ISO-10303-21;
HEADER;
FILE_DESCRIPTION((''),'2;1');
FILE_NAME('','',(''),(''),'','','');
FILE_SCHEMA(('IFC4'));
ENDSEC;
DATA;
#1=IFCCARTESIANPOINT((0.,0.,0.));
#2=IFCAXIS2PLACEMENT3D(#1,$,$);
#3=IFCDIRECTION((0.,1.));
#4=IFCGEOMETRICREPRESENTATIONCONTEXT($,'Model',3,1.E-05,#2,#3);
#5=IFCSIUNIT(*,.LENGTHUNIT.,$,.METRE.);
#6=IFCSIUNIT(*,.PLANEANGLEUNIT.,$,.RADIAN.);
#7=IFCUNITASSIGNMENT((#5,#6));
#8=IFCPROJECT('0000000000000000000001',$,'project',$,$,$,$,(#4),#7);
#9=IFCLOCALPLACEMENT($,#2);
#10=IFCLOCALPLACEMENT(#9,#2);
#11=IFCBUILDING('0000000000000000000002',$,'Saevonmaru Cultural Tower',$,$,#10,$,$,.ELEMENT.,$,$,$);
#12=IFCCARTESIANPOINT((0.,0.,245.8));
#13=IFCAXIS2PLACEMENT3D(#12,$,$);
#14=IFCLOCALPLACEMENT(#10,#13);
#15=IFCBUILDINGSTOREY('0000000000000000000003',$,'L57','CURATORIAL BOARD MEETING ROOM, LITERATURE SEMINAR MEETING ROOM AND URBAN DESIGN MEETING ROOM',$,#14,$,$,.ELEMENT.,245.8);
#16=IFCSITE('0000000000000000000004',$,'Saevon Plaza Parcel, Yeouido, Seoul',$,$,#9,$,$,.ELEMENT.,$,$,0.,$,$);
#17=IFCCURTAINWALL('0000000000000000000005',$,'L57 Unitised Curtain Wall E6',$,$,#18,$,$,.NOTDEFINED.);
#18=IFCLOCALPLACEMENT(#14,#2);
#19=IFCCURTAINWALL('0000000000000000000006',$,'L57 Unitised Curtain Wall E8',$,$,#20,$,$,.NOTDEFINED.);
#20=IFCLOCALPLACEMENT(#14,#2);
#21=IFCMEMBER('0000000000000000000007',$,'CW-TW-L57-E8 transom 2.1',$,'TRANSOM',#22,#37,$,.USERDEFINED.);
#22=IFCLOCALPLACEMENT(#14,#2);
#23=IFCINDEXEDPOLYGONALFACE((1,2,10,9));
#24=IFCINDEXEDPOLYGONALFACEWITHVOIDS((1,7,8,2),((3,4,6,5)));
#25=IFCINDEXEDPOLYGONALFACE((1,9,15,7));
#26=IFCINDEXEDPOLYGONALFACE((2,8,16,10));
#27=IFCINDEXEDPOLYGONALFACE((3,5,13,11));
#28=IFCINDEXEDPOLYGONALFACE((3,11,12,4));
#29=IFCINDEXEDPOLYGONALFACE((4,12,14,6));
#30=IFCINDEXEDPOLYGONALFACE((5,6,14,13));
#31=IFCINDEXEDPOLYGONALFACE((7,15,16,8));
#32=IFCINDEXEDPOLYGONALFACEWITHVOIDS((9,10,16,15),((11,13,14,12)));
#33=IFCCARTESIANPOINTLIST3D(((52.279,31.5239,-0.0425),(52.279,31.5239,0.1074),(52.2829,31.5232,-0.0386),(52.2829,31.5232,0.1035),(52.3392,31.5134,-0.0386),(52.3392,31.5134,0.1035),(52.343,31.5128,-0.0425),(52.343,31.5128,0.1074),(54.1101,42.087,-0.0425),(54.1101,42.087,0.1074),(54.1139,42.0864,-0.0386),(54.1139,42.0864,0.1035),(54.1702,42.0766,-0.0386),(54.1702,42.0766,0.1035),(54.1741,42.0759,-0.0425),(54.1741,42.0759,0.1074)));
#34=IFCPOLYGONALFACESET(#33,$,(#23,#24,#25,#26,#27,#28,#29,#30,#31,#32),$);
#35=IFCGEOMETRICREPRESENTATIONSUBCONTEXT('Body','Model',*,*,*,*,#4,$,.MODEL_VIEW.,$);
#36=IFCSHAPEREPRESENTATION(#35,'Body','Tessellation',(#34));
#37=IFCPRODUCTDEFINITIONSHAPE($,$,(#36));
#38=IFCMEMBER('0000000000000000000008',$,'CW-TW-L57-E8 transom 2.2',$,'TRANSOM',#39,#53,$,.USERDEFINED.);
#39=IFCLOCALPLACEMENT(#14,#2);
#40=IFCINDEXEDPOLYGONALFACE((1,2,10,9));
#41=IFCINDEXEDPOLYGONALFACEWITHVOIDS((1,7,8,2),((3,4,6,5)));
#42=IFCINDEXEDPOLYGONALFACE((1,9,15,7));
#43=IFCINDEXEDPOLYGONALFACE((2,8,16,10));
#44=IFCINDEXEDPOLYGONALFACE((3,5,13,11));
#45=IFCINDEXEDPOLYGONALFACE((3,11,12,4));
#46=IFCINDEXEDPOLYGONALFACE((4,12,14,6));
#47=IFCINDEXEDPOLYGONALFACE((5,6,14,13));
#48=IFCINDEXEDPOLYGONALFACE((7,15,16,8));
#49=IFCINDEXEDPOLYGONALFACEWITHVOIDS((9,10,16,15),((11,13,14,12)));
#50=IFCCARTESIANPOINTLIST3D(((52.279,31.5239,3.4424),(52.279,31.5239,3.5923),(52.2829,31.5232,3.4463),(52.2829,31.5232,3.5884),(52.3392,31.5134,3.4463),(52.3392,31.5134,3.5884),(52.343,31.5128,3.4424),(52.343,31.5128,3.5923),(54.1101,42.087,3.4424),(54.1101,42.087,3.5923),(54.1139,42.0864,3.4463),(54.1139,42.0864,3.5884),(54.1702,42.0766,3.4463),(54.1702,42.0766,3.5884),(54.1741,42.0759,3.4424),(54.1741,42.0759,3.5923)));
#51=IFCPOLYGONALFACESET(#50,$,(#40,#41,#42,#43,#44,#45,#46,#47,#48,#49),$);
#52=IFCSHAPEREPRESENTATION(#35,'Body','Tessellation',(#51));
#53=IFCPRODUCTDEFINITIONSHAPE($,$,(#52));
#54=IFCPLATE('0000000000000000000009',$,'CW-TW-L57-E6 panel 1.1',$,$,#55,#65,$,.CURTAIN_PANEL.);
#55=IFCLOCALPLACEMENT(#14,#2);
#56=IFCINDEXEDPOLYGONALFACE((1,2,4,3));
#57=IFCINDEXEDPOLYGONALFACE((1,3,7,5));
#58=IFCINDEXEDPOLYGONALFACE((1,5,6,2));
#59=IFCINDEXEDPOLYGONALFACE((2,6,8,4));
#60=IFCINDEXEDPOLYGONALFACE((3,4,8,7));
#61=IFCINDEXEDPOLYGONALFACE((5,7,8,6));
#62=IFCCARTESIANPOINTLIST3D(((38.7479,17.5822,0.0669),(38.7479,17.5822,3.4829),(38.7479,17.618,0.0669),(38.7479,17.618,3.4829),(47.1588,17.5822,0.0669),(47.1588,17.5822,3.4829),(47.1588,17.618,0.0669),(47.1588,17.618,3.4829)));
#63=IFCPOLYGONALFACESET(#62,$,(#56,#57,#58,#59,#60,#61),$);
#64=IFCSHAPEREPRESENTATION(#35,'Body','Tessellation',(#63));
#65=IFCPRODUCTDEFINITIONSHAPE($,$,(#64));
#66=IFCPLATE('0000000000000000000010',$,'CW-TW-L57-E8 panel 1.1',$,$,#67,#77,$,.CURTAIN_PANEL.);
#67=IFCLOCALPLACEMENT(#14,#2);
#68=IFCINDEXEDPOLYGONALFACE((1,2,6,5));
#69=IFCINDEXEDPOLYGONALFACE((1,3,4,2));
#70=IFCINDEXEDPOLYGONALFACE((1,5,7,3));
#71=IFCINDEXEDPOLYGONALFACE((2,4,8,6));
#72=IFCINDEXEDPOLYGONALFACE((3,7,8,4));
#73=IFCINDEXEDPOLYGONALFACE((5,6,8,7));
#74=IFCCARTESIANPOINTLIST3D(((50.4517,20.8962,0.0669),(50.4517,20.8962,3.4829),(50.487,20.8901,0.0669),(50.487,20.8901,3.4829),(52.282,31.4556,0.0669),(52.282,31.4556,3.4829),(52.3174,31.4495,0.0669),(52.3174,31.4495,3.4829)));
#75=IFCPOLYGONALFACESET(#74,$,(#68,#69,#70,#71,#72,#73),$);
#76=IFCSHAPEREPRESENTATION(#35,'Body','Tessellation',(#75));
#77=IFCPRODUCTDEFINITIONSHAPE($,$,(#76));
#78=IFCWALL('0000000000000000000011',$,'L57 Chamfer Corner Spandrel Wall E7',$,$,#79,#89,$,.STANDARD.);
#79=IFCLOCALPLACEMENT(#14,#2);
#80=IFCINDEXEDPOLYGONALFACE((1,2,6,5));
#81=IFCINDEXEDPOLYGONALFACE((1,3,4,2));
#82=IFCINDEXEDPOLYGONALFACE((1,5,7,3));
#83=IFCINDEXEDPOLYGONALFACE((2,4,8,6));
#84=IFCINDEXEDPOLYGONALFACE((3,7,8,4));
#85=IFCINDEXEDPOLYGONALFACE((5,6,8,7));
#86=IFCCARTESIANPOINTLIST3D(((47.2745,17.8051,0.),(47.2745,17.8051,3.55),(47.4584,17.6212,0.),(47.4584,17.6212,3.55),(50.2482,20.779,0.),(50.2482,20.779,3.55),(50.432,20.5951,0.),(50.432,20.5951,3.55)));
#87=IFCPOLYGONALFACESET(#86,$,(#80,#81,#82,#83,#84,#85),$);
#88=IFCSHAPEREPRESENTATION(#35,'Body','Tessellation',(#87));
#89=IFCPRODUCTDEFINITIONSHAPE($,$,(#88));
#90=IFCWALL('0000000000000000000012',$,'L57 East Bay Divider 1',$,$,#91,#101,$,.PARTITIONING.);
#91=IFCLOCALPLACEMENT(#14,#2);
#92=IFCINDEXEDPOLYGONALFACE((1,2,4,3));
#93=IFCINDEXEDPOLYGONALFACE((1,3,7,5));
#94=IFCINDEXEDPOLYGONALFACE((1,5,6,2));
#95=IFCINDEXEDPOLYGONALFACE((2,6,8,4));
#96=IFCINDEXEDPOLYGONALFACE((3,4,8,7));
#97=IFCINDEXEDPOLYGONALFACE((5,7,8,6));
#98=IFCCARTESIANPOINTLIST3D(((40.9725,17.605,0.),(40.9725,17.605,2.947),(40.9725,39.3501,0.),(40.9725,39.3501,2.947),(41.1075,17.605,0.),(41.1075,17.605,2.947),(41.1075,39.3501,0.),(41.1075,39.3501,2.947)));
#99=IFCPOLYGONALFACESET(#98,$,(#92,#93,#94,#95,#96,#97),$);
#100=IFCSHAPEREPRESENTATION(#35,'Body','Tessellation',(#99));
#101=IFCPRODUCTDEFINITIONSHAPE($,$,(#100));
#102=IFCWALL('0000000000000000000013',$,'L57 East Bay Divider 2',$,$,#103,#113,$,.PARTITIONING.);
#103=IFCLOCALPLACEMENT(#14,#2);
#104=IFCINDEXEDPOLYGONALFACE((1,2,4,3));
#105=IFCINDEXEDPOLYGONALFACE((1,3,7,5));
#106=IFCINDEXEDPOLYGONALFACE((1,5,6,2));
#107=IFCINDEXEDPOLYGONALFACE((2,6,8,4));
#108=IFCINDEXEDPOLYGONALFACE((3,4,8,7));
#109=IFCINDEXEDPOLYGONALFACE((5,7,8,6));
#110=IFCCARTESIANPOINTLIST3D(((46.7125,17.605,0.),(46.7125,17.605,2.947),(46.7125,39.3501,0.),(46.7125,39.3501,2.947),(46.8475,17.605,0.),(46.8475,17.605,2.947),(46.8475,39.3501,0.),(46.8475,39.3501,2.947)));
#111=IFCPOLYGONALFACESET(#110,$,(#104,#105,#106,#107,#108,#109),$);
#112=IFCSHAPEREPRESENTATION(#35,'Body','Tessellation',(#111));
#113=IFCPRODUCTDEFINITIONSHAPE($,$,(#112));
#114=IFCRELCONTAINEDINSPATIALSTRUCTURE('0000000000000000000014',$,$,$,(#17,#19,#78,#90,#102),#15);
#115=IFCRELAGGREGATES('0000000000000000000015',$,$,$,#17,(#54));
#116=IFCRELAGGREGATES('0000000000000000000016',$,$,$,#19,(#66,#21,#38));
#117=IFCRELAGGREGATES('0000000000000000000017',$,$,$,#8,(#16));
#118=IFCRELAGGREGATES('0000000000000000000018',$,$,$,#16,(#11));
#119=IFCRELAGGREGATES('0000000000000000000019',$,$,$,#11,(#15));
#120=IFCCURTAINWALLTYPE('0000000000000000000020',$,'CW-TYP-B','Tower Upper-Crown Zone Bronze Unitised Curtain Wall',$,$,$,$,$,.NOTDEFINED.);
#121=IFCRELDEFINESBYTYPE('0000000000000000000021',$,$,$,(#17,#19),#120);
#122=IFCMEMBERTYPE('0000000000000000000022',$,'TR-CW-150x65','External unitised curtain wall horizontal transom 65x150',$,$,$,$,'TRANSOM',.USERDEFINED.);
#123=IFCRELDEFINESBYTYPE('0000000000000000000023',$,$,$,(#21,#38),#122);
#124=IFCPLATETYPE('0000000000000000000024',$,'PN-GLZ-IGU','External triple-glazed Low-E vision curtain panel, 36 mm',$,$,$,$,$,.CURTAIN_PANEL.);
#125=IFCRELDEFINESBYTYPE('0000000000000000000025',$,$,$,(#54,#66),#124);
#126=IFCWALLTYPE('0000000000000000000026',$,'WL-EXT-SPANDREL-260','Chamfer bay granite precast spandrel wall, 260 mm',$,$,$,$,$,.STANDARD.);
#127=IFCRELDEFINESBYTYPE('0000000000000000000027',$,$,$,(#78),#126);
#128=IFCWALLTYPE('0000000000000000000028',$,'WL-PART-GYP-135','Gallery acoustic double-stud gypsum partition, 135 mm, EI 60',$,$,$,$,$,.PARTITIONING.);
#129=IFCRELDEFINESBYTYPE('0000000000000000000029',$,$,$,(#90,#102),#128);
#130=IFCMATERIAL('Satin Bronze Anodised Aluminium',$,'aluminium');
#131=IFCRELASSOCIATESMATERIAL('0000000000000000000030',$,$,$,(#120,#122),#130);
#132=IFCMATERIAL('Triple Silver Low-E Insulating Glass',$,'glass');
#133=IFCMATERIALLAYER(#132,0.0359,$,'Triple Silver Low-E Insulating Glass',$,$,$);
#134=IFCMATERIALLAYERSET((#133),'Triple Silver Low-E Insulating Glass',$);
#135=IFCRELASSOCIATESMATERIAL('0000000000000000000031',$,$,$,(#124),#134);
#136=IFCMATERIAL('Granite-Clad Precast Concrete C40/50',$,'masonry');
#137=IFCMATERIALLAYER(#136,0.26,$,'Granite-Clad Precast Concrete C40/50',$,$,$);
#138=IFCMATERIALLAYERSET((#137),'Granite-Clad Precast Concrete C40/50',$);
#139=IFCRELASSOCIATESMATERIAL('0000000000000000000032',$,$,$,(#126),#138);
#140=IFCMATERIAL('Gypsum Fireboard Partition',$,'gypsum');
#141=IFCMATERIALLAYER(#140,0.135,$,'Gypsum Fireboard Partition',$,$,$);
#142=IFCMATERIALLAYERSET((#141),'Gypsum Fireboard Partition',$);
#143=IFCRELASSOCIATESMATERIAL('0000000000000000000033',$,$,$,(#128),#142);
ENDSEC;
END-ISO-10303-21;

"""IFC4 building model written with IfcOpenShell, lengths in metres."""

from ifc_helpers import new_model, si_unit, direction, frame, frame_2d, origin, origin_2d, place, context, subcontext, project, spatial, rectangle, hollow_rectangle, extrude, material, layer, layer_set, material_profile, profile_set, type_object, element, aggregate, save


model = new_model("IFC4")

# Units and contexts
model_context = context("Model", 3, precision=1e-05, world=origin(), true_north=direction((0.0, 1.0)))
body_context = subcontext(model_context, "Body", "Model", "MODEL_VIEW")
ifc_project = project(units=[si_unit("LENGTHUNIT", "METRE"), si_unit("PLANEANGLEUNIT", "RADIAN")], contexts=[model_context])

# Site, building, storey
site_placement = place(None, origin())
site = spatial("IfcSite", under=ifc_project, at=site_placement, Name="Saevon Plaza Parcel, Yeouido, Seoul", CompositionType="ELEMENT", RefElevation=0.0)
building_placement = place(site_placement, origin())
building = spatial("IfcBuilding", under=site, at=building_placement, Name="Saevonmaru Cultural Tower", CompositionType="ELEMENT")
storey_placement = place(building_placement, frame((0.0, 0.0, 245.8)))
storey = spatial("IfcBuildingStorey", under=building, at=storey_placement, Name="L57", Description="CURATORIAL BOARD MEETING ROOM, LITERATURE SEMINAR MEETING ROOM AND URBAN DESIGN MEETING ROOM", CompositionType="ELEMENT", Elevation=245.8)

# Curtain wall
ifc_material_1 = material(Name="Satin Bronze Anodised Aluminium", Category="aluminium")
curtain_wall_type = type_object("IfcCurtainWallType", Name="CW-TYP-B", Description="Tower Upper-Crown Zone Bronze Unitised Curtain Wall", PredefinedType="NOTDEFINED", material=ifc_material_1)
curtain_wall_1_placement = place(storey_placement, origin())
curtain_wall_1 = element("IfcCurtainWall", 1, at=curtain_wall_1_placement, inside=storey, type_object=curtain_wall_type, Name="L57 Unitised Curtain Wall E6", PredefinedType="NOTDEFINED")

# Curtain wall, members
curtain_wall_2_placement = place(storey_placement, origin())
curtain_wall_2 = element("IfcCurtainWall", 2, at=curtain_wall_2_placement, inside=storey, type_object=curtain_wall_type, Name="L57 Unitised Curtain Wall E8", PredefinedType="NOTDEFINED")
ifc_material_profile_1 = material_profile(ifc_material_1, hollow_rectangle(XDim=0.0649, YDim=0.1499, WallThickness=0.0039, at=origin_2d()), Name="ALU-TRAN-150x65x4")
ifc_profile_set_1 = profile_set([ifc_material_profile_1], Name="Satin Bronze Anodised Aluminium")
member_type_1 = type_object("IfcMemberType", Name="TR-CW-150x65", Description="External unitised curtain wall horizontal transom 65x150", ElementType="TRANSOM", PredefinedType="USERDEFINED", material=ifc_profile_set_1)
member_1_placement = place(storey_placement, frame((52.311, 31.5183, 0.0325), z_axis=(0.170795, 0.985307, 0.0), x_axis=(-0.985307, 0.170795, 0.0)))
member_1 = element("IfcMember", 3, at=member_1_placement, type_object=member_type_1, Name="CW-TW-L57-E8 transom 2.1", ObjectType="TRANSOM", PredefinedType="USERDEFINED", context=body_context, shape_type="SweptSolid", body=[
    extrude(hollow_rectangle(XDim=0.0649, YDim=0.1499, WallThickness=0.0039, at=origin_2d()), origin(), (0.0, 0.0, 1.0), 10.7207),
])
member_2_placement = place(storey_placement, frame((52.311, 31.5183, 3.5173), z_axis=(0.170795, 0.985307, 0.0), x_axis=(-0.985307, 0.170795, 0.0)))
member_2 = element("IfcMember", 4, at=member_2_placement, type_object=member_type_1, Name="CW-TW-L57-E8 transom 2.2", ObjectType="TRANSOM", PredefinedType="USERDEFINED", context=body_context, shape_type="SweptSolid", body=[
    extrude(hollow_rectangle(XDim=0.0649, YDim=0.1499, WallThickness=0.0039, at=origin_2d()), origin(), (0.0, 0.0, 1.0), 10.7207),
])

# Plates
ifc_material_2 = material(Name="Triple Silver Low-E Insulating Glass", Category="glass")
ifc_layer_1 = layer(ifc_material_2, 0.0359, Name="Triple Silver Low-E Insulating Glass")
ifc_layer_set_1 = layer_set([ifc_layer_1], Name="Triple Silver Low-E Insulating Glass")
plate_type = type_object("IfcPlateType", Name="PN-GLZ-IGU", Description="External triple-glazed Low-E vision curtain panel, 36 mm", PredefinedType="CURTAIN_PANEL", material=ifc_layer_set_1)
plate_1_placement = place(storey_placement, frame((42.9534, 17.6001, 0.0669), z_axis=(0.0, 0.0, 1.0), x_axis=(1.0, 0.0, 0.0)))
plate_1 = element("IfcPlate", 5, at=plate_1_placement, type_object=plate_type, Name="CW-TW-L57-E6 panel 1.1", PredefinedType="CURTAIN_PANEL", context=body_context, shape_type="SweptSolid", body=[
    extrude(rectangle(XDim=8.4109, YDim=0.0359, at=origin_2d()), origin(), (0.0, 0.0, 1.0), 3.416),
])
aggregate(curtain_wall_1, [plate_1])
plate_2_placement = place(storey_placement, frame((51.3845, 26.1729, 0.0669), z_axis=(0.0, 0.0, 1.0), x_axis=(0.17079, 0.985307, 0.0)))
plate_2 = element("IfcPlate", 6, at=plate_2_placement, type_object=plate_type, Name="CW-TW-L57-E8 panel 1.1", PredefinedType="CURTAIN_PANEL", context=body_context, shape_type="SweptSolid", body=[
    extrude(rectangle(XDim=10.7168, YDim=0.0359, at=origin_2d()), origin(), (0.0, 0.0, 1.0), 3.416),
])
aggregate(curtain_wall_2, [plate_2, member_1, member_2])

# Walls
ifc_material_3 = material(Name="Granite-Clad Precast Concrete C40/50", Category="masonry")
ifc_layer_2 = layer(ifc_material_3, 0.26, Name="Granite-Clad Precast Concrete C40/50")
ifc_layer_set_2 = layer_set([ifc_layer_2], Name="Granite-Clad Precast Concrete C40/50")
wall_type_1 = type_object("IfcWallType", Name="WL-EXT-SPANDREL-260", Description="Chamfer bay granite precast spandrel wall, 260 mm", PredefinedType="STANDARD", material=ifc_layer_set_2)
wall_placement = place(storey_placement, frame((47.3665, 17.7131, 0.0), z_axis=(0.0, 0.0, 1.0), x_axis=(0.707078, 0.707136, 0.0)))
element("IfcWall", 7, at=wall_placement, inside=storey, type_object=wall_type_1, Name="L57 Chamfer Corner Spandrel Wall E7", PredefinedType="STANDARD", context=body_context, shape_type="SweptSolid", body=[
    extrude(rectangle(XDim=4.2056, YDim=0.26, at=frame_2d((2.1028, 0.0))), origin(), (0.0, 0.0, 1.0), 3.55),
])
ifc_material_4 = material(Name="Gypsum Fireboard Partition", Category="gypsum")
ifc_layer_3 = layer(ifc_material_4, 0.135, Name="Gypsum Fireboard Partition")
ifc_layer_set_3 = layer_set([ifc_layer_3], Name="Gypsum Fireboard Partition")
wall_type_2 = type_object("IfcWallType", Name="WL-PART-GYP-135", Description="Gallery acoustic double-stud gypsum partition, 135 mm, EI 60", PredefinedType="PARTITIONING", material=ifc_layer_set_3)
for number, where, z_axis, x_axis, name in (
    (8, (41.04, 17.605, 0.0), (0.0, 0.0, 1.0), (0.0, 1.0, 0.0), "L57 East Bay Divider 1"),
    (9, (46.78, 17.605, 0.0), (0.0, 0.0, 1.0), (0.0, 1.0, 0.0), "L57 East Bay Divider 2"),
):
    element("IfcWall", number, at=place(storey_placement, frame(where, z_axis=z_axis, x_axis=x_axis)), inside=storey, type_object=wall_type_2, Name=name, PredefinedType="PARTITIONING", context=body_context, shape_type="SweptSolid", body=[
        extrude(rectangle(XDim=21.7451, YDim=0.135, at=frame_2d((10.8726, 0.0))), origin(), (0.0, 0.0, 1.0), 2.947),
    ])

save(model, "model.ifc")
